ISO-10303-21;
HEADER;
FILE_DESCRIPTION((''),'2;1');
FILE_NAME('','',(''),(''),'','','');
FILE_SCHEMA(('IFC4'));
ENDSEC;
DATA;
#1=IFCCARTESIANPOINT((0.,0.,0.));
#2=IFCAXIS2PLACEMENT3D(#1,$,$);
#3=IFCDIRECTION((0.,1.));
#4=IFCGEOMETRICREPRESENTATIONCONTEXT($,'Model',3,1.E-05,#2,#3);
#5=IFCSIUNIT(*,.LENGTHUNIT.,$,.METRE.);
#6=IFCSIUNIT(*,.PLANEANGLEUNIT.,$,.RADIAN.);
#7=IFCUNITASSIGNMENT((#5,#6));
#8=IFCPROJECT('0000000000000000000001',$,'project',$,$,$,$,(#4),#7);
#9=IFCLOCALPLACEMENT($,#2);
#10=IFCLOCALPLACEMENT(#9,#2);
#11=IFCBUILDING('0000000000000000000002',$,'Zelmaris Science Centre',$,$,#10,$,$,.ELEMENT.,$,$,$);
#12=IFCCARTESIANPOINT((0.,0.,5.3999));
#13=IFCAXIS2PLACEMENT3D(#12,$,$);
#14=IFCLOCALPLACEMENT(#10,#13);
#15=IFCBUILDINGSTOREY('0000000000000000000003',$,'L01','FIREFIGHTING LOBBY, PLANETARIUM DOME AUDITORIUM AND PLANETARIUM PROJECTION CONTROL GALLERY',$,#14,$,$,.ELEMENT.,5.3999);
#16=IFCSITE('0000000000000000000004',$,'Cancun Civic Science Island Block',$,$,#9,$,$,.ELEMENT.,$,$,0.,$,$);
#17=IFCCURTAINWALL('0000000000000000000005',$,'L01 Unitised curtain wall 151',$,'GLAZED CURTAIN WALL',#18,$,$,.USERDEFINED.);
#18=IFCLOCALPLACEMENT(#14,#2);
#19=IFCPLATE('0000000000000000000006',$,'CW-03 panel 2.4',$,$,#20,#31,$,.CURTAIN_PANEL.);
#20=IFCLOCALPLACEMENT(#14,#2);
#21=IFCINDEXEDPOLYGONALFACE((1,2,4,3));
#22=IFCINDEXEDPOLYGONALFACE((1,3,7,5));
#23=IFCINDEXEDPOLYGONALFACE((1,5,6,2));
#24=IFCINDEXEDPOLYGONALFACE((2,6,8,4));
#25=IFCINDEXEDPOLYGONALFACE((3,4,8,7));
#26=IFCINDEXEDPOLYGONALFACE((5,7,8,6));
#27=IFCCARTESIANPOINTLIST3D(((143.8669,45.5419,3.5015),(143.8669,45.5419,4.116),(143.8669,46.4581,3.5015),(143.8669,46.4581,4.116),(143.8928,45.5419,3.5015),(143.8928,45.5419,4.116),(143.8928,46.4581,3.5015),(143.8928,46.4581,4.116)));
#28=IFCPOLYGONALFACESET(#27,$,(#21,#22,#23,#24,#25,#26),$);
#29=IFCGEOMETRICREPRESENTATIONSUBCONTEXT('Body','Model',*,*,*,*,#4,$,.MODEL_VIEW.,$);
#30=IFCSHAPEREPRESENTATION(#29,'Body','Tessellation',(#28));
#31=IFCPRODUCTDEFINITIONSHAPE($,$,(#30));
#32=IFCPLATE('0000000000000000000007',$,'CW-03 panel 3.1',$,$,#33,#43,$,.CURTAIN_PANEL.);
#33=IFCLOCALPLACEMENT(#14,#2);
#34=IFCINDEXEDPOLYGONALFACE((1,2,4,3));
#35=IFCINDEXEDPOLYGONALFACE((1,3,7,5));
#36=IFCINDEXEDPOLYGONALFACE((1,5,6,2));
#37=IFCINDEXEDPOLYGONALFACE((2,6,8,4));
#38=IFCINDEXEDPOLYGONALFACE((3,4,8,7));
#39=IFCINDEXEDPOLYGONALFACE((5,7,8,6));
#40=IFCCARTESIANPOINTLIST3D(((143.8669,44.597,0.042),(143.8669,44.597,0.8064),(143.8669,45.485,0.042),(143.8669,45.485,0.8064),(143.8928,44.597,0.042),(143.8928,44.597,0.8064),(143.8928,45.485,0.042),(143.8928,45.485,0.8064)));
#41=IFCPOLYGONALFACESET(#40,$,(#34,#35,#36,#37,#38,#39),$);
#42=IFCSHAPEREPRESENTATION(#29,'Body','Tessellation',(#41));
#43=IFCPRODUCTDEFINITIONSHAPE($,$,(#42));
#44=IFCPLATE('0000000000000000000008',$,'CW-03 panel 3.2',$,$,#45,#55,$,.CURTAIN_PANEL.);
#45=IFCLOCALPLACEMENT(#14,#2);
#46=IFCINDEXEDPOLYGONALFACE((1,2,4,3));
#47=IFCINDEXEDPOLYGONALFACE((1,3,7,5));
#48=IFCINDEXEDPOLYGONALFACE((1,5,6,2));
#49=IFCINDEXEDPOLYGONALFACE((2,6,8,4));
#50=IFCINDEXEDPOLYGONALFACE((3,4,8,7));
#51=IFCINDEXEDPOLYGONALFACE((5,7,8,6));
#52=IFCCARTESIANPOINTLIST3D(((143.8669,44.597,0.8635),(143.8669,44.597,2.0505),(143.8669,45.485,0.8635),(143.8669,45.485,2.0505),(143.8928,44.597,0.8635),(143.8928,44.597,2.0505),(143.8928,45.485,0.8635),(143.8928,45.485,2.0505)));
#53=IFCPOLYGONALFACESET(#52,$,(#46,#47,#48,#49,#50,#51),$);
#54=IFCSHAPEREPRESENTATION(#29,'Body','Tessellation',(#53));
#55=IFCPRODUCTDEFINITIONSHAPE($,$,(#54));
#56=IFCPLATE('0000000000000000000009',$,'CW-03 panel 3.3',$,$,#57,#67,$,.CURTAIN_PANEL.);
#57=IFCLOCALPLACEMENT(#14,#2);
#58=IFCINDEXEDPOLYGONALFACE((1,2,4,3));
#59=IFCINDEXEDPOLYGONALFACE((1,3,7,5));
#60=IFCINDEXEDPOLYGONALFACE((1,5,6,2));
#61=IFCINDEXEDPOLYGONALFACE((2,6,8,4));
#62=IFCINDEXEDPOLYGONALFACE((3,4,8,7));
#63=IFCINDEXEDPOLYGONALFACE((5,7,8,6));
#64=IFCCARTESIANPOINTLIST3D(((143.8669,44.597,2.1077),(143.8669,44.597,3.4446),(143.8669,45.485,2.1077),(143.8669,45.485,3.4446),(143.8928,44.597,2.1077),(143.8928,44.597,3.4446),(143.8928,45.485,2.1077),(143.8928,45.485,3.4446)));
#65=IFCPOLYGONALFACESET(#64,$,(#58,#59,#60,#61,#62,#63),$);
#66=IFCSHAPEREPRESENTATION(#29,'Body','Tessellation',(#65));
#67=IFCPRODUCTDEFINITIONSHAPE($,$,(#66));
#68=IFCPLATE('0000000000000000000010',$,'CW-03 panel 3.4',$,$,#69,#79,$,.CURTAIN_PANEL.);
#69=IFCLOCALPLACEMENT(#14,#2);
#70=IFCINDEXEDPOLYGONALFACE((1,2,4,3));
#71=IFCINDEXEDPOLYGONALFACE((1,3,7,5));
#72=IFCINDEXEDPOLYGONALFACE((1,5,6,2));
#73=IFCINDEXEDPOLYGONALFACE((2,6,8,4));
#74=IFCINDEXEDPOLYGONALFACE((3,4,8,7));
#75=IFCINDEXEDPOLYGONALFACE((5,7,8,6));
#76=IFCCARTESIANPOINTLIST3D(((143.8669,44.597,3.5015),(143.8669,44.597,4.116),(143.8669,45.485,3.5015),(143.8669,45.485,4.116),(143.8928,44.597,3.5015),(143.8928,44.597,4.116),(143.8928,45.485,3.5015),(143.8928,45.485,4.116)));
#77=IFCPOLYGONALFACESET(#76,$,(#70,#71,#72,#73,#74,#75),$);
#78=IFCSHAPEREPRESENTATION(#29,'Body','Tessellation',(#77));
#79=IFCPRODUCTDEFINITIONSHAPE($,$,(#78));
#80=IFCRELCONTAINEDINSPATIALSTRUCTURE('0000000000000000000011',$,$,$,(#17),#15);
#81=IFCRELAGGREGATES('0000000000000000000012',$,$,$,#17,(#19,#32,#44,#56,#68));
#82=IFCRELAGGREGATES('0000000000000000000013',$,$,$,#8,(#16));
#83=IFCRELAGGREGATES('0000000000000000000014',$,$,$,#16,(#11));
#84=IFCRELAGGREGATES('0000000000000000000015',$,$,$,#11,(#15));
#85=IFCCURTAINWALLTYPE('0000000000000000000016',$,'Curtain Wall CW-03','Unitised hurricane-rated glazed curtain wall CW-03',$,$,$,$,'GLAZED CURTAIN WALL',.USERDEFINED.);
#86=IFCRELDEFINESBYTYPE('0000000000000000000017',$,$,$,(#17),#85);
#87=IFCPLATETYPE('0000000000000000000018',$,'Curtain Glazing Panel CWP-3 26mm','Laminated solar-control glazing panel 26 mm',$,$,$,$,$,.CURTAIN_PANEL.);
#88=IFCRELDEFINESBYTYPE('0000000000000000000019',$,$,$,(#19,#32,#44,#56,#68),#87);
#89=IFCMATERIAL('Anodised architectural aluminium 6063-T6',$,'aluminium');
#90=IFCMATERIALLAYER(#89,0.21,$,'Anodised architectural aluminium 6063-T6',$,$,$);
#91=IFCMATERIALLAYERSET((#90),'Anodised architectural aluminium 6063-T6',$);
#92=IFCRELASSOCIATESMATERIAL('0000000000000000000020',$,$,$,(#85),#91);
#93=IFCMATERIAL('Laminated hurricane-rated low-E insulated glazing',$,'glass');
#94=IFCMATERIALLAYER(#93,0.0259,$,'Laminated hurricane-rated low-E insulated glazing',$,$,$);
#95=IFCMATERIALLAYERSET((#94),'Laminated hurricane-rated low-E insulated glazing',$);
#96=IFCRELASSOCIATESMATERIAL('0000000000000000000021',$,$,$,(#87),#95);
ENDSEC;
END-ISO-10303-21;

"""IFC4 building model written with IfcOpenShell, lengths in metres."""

from ifc_helpers import new_model, si_unit, direction, frame, origin, origin_2d, place, context, subcontext, project, spatial, rectangle, extrude, material, layer, layer_set, type_object, element, aggregate, save


model = new_model("IFC4")

# Units and contexts
model_context = context("Model", 3, precision=1e-05, world=origin(), true_north=direction((0.0, 1.0)))
body_context = subcontext(model_context, "Body", "Model", "MODEL_VIEW")
ifc_project = project(units=[si_unit("LENGTHUNIT", "METRE"), si_unit("PLANEANGLEUNIT", "RADIAN")], contexts=[model_context])

# Site, building, storey
site_placement = place(None, origin())
site = spatial("IfcSite", under=ifc_project, at=site_placement, Name="Cancun Civic Science Island Block", CompositionType="ELEMENT", RefElevation=0.0)
building_placement = place(site_placement, origin())
building = spatial("IfcBuilding", under=site, at=building_placement, Name="Zelmaris Science Centre", CompositionType="ELEMENT")
storey_placement = place(building_placement, frame((0.0, 0.0, 5.3999)))
storey = spatial("IfcBuildingStorey", under=building, at=storey_placement, Name="L01", Description="FIREFIGHTING LOBBY, PLANETARIUM DOME AUDITORIUM AND PLANETARIUM PROJECTION CONTROL GALLERY", CompositionType="ELEMENT", Elevation=5.3999)

# Shared definitions
ifc_material_1 = material(Name="Anodised architectural aluminium 6063-T6", Category="aluminium")

# Curtain wall
ifc_layer_1 = layer(ifc_material_1, 0.21, Name="Anodised architectural aluminium 6063-T6")
ifc_layer_set_1 = layer_set([ifc_layer_1], Name="Anodised architectural aluminium 6063-T6")
curtain_wall_type_1 = type_object("IfcCurtainWallType", Name="Curtain Wall CW-03", Description="Unitised hurricane-rated glazed curtain wall CW-03", ElementType="GLAZED CURTAIN WALL", PredefinedType="USERDEFINED", material=ifc_layer_set_1)
curtain_wall_1_placement = place(storey_placement, origin())
curtain_wall_1 = element("IfcCurtainWall", 1, at=curtain_wall_1_placement, inside=storey, type_object=curtain_wall_type_1, Name="L01 Unitised curtain wall 151", ObjectType="GLAZED CURTAIN WALL", PredefinedType="USERDEFINED")

# Plates
ifc_material_2 = material(Name="Laminated hurricane-rated low-E insulated glazing", Category="glass")
ifc_layer_2 = layer(ifc_material_2, 0.0259, Name="Laminated hurricane-rated low-E insulated glazing")
ifc_layer_set_2 = layer_set([ifc_layer_2], Name="Laminated hurricane-rated low-E insulated glazing")
plate_type = type_object("IfcPlateType", Name="Curtain Glazing Panel CWP-3 26mm", Description="Laminated solar-control glazing panel 26 mm", PredefinedType="CURTAIN_PANEL", material=ifc_layer_set_2)
plate_1_placement = place(storey_placement, frame((143.8799, 46.0, 3.5015), z_axis=(0.0, 0.0, 1.0), x_axis=(0.0, -1.0, 0.0)))
plate_1 = element("IfcPlate", 2, at=plate_1_placement, type_object=plate_type, Name="CW-03 panel 2.4", PredefinedType="CURTAIN_PANEL", context=body_context, shape_type="SweptSolid", body=[
    extrude(rectangle(XDim=0.9163, YDim=0.0259, at=origin_2d()), origin(), (0.0, 0.0, 1.0), 0.6145),
])
plate_2_placement = place(storey_placement, frame((143.8799, 45.041, 0.042), z_axis=(0.0, 0.0, 1.0), x_axis=(0.0, -1.0, 0.0)))
plate_2 = element("IfcPlate", 3, at=plate_2_placement, type_object=plate_type, Name="CW-03 panel 3.1", PredefinedType="CURTAIN_PANEL", context=body_context, shape_type="SweptSolid", body=[
    extrude(rectangle(XDim=0.8879, YDim=0.0259, at=origin_2d()), origin(), (0.0, 0.0, 1.0), 0.7644),
])
plate_3_placement = place(storey_placement, frame((143.8799, 45.041, 0.8635), z_axis=(0.0, 0.0, 1.0), x_axis=(0.0, -1.0, 0.0)))
plate_3 = element("IfcPlate", 4, at=plate_3_placement, type_object=plate_type, Name="CW-03 panel 3.2", PredefinedType="CURTAIN_PANEL", context=body_context, shape_type="SweptSolid", body=[
    extrude(rectangle(XDim=0.8879, YDim=0.0259, at=origin_2d()), origin(), (0.0, 0.0, 1.0), 1.187),
])
plate_4_placement = place(storey_placement, frame((143.8799, 45.041, 2.1077), z_axis=(0.0, 0.0, 1.0), x_axis=(0.0, -1.0, 0.0)))
plate_4 = element("IfcPlate", 5, at=plate_4_placement, type_object=plate_type, Name="CW-03 panel 3.3", PredefinedType="CURTAIN_PANEL", context=body_context, shape_type="SweptSolid", body=[
    extrude(rectangle(XDim=0.8879, YDim=0.0259, at=origin_2d()), origin(), (0.0, 0.0, 1.0), 1.3369),
])
plate_5_placement = place(storey_placement, frame((143.8799, 45.041, 3.5015), z_axis=(0.0, 0.0, 1.0), x_axis=(0.0, -1.0, 0.0)))
plate_5 = element("IfcPlate", 6, at=plate_5_placement, type_object=plate_type, Name="CW-03 panel 3.4", PredefinedType="CURTAIN_PANEL", context=body_context, shape_type="SweptSolid", body=[
    extrude(rectangle(XDim=0.8879, YDim=0.0259, at=origin_2d()), origin(), (0.0, 0.0, 1.0), 0.6145),
])
aggregate(curtain_wall_1, [plate_1, plate_2, plate_3, plate_4, plate_5])

save(model, "model.ifc")
